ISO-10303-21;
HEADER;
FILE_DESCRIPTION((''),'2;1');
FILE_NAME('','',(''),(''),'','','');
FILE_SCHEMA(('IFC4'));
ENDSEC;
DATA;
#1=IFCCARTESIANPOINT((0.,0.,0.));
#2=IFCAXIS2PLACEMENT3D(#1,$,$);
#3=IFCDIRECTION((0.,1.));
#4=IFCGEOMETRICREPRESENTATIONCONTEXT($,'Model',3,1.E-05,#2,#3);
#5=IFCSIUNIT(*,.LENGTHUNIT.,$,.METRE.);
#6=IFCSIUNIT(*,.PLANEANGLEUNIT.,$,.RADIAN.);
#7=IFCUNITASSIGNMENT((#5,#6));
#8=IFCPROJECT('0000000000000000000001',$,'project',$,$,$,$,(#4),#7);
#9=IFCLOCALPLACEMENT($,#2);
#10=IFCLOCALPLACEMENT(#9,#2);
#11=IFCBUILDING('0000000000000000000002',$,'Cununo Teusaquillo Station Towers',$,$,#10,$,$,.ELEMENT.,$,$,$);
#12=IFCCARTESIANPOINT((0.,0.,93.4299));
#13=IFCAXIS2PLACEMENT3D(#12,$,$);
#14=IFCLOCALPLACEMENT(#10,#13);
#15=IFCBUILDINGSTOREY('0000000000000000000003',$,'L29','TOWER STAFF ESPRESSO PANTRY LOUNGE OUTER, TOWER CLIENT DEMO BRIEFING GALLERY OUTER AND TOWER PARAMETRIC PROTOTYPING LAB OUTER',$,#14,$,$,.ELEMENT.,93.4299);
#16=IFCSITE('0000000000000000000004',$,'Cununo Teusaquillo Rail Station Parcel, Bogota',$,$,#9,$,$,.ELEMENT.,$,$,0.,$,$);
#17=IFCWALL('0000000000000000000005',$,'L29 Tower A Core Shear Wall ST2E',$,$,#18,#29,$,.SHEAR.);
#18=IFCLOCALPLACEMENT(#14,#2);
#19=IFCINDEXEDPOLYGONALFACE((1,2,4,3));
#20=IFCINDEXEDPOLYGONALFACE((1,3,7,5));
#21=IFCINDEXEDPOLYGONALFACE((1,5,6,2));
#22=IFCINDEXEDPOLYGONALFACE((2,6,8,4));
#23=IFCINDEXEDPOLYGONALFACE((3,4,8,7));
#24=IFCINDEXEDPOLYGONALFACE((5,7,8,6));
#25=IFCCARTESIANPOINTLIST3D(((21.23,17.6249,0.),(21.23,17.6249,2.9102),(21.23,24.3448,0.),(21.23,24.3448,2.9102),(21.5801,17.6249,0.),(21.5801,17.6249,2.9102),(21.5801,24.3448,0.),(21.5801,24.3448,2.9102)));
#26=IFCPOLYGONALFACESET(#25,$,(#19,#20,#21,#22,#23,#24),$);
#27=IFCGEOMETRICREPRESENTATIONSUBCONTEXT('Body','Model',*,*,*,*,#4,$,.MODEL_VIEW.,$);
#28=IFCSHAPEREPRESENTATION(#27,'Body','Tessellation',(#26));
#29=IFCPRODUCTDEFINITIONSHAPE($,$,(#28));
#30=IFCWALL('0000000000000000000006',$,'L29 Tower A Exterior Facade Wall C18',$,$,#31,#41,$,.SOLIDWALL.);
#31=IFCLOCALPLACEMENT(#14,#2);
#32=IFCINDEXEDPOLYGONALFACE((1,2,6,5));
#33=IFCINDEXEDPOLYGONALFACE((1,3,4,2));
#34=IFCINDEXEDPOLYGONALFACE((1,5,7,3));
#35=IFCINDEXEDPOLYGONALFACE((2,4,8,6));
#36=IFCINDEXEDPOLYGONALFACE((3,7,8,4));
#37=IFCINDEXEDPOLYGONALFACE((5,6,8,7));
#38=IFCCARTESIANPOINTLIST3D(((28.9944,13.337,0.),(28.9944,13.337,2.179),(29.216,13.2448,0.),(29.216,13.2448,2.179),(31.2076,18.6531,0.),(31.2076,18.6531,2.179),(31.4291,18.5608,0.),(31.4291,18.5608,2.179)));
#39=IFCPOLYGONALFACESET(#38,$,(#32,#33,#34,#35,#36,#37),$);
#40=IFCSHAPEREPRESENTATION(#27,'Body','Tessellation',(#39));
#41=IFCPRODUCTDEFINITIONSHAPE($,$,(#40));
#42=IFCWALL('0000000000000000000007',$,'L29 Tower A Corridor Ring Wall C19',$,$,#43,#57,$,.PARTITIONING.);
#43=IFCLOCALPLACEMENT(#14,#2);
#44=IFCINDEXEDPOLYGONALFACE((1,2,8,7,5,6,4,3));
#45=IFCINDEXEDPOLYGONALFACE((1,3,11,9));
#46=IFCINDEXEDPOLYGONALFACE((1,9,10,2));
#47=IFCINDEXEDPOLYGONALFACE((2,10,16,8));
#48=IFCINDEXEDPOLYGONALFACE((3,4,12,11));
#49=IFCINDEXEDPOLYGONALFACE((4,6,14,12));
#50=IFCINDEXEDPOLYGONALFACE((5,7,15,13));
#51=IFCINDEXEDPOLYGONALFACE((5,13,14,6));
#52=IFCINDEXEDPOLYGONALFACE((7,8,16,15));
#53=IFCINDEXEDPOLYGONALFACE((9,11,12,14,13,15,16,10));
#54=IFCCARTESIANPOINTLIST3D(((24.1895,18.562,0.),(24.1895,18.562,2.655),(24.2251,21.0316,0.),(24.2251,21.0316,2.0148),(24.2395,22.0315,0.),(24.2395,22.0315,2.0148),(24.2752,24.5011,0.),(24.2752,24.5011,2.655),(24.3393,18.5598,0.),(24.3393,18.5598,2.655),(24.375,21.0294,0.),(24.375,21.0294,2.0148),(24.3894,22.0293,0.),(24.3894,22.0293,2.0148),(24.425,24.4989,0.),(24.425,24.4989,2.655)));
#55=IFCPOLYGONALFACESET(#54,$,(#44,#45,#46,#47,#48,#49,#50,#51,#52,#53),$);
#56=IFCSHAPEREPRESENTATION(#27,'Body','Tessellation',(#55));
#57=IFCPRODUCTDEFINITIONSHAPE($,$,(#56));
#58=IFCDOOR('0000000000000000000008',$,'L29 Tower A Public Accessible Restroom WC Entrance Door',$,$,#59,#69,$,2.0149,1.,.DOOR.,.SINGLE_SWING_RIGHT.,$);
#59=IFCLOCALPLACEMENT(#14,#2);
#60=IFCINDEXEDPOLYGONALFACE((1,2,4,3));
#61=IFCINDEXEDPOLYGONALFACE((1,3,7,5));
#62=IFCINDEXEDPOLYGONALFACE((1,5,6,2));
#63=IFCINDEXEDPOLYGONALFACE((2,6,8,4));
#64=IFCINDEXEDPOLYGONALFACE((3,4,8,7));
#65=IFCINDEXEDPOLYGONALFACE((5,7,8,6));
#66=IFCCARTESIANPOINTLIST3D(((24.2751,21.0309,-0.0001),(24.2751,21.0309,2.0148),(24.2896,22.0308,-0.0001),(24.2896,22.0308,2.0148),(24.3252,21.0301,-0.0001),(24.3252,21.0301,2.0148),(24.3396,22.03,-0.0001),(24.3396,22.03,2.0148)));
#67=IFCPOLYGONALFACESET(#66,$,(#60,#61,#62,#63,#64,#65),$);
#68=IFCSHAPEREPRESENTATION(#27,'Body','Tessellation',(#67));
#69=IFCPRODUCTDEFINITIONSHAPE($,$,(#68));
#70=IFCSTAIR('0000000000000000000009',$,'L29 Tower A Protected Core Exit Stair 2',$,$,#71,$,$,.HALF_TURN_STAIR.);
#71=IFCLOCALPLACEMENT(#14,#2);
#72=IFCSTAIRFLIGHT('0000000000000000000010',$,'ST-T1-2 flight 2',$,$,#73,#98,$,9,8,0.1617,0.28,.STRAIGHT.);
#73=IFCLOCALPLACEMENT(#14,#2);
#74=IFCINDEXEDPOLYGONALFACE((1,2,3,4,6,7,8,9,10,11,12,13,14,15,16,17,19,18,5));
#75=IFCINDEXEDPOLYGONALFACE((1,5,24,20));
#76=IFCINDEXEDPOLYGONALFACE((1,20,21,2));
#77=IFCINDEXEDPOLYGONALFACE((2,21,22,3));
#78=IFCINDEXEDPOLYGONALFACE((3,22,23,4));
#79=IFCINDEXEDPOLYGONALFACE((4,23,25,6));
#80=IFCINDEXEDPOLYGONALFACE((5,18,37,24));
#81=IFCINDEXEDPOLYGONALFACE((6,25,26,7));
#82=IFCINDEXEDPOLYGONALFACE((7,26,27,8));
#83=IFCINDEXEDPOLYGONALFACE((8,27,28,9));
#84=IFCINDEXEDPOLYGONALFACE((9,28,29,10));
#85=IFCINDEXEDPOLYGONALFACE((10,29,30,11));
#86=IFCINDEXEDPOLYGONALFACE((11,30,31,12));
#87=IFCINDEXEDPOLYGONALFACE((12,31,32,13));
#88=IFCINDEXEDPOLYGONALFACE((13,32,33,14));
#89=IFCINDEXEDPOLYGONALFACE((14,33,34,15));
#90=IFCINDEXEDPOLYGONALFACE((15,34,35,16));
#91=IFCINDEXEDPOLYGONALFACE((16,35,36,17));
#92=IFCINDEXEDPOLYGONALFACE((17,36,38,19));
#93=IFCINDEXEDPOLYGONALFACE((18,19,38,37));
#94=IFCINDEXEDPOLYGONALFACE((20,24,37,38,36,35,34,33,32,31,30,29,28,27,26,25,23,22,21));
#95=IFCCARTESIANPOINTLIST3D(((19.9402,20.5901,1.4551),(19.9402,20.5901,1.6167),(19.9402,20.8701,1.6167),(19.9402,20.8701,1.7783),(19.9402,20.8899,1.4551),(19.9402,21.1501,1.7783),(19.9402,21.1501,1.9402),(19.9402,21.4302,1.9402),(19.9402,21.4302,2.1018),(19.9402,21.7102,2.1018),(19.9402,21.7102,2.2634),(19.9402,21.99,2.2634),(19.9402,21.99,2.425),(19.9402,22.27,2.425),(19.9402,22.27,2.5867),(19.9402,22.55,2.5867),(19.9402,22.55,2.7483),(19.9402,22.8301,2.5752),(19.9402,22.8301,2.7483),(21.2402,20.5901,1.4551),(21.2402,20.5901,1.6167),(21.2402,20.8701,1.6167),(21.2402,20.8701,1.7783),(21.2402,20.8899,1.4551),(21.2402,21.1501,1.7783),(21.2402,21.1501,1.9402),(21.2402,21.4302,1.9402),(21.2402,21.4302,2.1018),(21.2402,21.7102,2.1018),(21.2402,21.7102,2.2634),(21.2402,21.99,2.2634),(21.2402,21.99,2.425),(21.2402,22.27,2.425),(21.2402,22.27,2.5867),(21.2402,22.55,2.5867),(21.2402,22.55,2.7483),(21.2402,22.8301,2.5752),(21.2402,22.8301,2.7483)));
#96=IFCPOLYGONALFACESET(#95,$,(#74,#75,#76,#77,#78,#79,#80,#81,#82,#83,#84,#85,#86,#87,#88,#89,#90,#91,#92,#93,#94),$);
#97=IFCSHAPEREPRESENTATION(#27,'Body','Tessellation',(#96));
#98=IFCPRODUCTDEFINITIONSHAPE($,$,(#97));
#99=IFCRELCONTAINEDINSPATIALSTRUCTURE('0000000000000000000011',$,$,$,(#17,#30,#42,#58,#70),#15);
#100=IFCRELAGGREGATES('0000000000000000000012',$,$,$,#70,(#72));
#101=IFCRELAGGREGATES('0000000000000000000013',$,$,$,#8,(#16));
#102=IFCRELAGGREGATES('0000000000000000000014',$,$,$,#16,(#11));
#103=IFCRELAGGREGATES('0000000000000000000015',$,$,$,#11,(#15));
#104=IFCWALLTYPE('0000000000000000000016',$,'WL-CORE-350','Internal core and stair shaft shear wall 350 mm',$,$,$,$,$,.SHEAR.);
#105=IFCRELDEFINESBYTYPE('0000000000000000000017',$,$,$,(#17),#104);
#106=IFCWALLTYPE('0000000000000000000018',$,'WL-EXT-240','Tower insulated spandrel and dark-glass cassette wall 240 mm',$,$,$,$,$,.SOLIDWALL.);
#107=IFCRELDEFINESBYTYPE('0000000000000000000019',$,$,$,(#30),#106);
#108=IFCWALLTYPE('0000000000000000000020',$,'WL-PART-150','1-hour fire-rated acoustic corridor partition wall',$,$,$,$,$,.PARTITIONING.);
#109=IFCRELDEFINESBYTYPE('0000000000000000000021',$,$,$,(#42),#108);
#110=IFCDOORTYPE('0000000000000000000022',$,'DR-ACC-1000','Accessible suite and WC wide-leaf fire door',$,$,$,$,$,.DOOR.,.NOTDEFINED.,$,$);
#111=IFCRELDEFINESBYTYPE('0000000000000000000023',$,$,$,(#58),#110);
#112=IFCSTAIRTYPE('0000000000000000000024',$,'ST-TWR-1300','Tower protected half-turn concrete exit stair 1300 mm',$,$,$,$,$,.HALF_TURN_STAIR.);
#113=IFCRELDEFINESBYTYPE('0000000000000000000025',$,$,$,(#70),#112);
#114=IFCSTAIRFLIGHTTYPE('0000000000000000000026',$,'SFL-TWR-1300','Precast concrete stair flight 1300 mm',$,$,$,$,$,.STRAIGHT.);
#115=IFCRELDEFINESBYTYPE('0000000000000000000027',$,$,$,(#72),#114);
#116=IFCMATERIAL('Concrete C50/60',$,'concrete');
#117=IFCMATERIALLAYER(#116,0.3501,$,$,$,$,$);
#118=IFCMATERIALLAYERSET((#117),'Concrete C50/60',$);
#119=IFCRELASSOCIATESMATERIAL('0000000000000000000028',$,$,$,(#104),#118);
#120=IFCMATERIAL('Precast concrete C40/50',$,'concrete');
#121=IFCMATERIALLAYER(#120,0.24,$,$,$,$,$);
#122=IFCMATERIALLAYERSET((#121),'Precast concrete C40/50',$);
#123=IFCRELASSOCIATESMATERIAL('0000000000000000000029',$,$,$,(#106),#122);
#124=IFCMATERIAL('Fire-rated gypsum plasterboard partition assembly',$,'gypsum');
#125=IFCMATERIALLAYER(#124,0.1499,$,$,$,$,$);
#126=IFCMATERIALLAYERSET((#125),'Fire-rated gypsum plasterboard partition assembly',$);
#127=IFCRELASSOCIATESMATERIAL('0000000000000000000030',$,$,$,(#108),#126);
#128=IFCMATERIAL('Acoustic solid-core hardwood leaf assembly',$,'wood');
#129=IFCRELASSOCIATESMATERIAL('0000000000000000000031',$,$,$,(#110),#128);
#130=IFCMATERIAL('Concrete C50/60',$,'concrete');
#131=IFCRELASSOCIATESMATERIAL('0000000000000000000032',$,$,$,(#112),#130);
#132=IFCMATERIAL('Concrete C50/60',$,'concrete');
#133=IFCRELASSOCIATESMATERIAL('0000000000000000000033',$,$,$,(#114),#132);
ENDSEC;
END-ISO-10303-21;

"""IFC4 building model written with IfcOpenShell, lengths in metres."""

from ifc_helpers import new_model, si_unit, direction, frame, frame_2d, origin, place, context, subcontext, project, spatial, polyline, rectangle, outline, extrude, source, transform, mapped, material, layer, layer_set, type_object, element, fill, aggregate, save


model = new_model("IFC4")

# Units and contexts
model_context = context("Model", 3, precision=1e-05, world=origin(), true_north=direction((0.0, 1.0)))
body_context = subcontext(model_context, "Body", "Model", "MODEL_VIEW")
ifc_project = project(units=[si_unit("LENGTHUNIT", "METRE"), si_unit("PLANEANGLEUNIT", "RADIAN")], contexts=[model_context])

# Site, building, storey
site_placement = place(None, origin())
site = spatial("IfcSite", under=ifc_project, at=site_placement, Name="Cununo Teusaquillo Rail Station Parcel, Bogota", CompositionType="ELEMENT", RefElevation=0.0)
building_placement = place(site_placement, origin())
building = spatial("IfcBuilding", under=site, at=building_placement, Name="Cununo Teusaquillo Station Towers", CompositionType="ELEMENT")
storey_placement = place(building_placement, frame((0.0, 0.0, 93.4299)))
storey = spatial("IfcBuildingStorey", under=building, at=storey_placement, Name="L29", Description="TOWER STAFF ESPRESSO PANTRY LOUNGE OUTER, TOWER CLIENT DEMO BRIEFING GALLERY OUTER AND TOWER PARAMETRIC PROTOTYPING LAB OUTER", CompositionType="ELEMENT", Elevation=93.4299)

# Walls
ifc_material_1 = material(Name="Concrete C50/60", Category="concrete")
ifc_layer_1 = layer(ifc_material_1, 0.3501)
ifc_layer_set_1 = layer_set([ifc_layer_1], Name="Concrete C50/60")
wall_type_1 = type_object("IfcWallType", Name="WL-CORE-350", Description="Internal core and stair shaft shear wall 350 mm", PredefinedType="SHEAR", material=ifc_layer_set_1)
wall_1_placement = place(storey_placement, frame((21.405, 17.625, 0.0), z_axis=(0.0, 0.0, 1.0), x_axis=(0.0, 1.0, 0.0)))
element("IfcWall", 1, at=wall_1_placement, inside=storey, type_object=wall_type_1, Name="L29 Tower A Core Shear Wall ST2E", PredefinedType="SHEAR", context=body_context, shape_type="SweptSolid", body=[
    extrude(rectangle(XDim=6.72, YDim=0.3501, at=frame_2d((3.3599, 0.0))), origin(), (0.0, 0.0, 1.0), 2.9102),
])
ifc_material_2 = material(Name="Precast concrete C40/50", Category="concrete")
ifc_layer_2 = layer(ifc_material_2, 0.24)
ifc_layer_set_2 = layer_set([ifc_layer_2], Name="Precast concrete C40/50")
wall_type_2 = type_object("IfcWallType", Name="WL-EXT-240", Description="Tower insulated spandrel and dark-glass cassette wall 240 mm", PredefinedType="SOLIDWALL", material=ifc_layer_set_2)
wall_2_placement = place(storey_placement, frame((31.3184, 18.6069, 0.0), z_axis=(0.0, 0.0, 1.0), x_axis=(-0.384344, -0.92319, 0.0)))
element("IfcWall", 2, at=wall_2_placement, inside=storey, type_object=wall_type_2, Name="L29 Tower A Exterior Facade Wall C18", PredefinedType="SOLIDWALL", context=body_context, shape_type="SweptSolid", body=[
    extrude(rectangle(XDim=5.7583, YDim=0.24, at=frame_2d((2.8792, 0.0))), origin(), (0.0, 0.0, 1.0), 2.179),
])

# Wall, opening, door
ifc_material_3 = material(Name="Fire-rated gypsum plasterboard partition assembly", Category="gypsum")
ifc_layer_3 = layer(ifc_material_3, 0.1499)
ifc_layer_set_3 = layer_set([ifc_layer_3], Name="Fire-rated gypsum plasterboard partition assembly")
wall_type_3 = type_object("IfcWallType", Name="WL-PART-150", Description="1-hour fire-rated acoustic corridor partition wall", PredefinedType="PARTITIONING", material=ifc_layer_set_3)
wall_3_placement = place(storey_placement, frame((24.2644, 18.561, 0.0), z_axis=(0.0, 0.0, 1.0), x_axis=(0.014428, 0.999896, 0.0)))
wall_3 = element("IfcWall", 3, at=wall_3_placement, inside=storey, type_object=wall_type_3, Name="L29 Tower A Corridor Ring Wall C19", PredefinedType="PARTITIONING", context=body_context, shape_type="SweptSolid", body=[
    extrude(rectangle(XDim=5.9397, YDim=0.1499, at=frame_2d((2.9697, 0.0))), origin(), (0.0, 0.0, 1.0), 2.655),
])
shared_shape_1 = source(origin(), body_context, "Body", "SweptSolid", [
    extrude(rectangle(XDim=1.0, YDim=2.0149, at=frame_2d((0.5, 1.0073))), frame((0.0, 0.085, 0.0), z_axis=(0.0, -1.0, 0.0), x_axis=(1.0, 0.0, 0.0)), (0.0, 0.0, 1.0), 0.1699),
])
opening_placement = place(wall_3_placement, frame((2.4697, 0.0, 0.0)))
opening = element("IfcOpeningElement", 4, at=opening_placement, cuts=wall_3, PredefinedType="OPENING", context=body_context, shape_type="MappedRepresentation", body=[
    mapped(shared_shape_1, transform((0.0, 0.0, 0.0), x_axis=(1.0, 0.0, 0.0), y_axis=(0.0, 1.0, 0.0), z_axis=(0.0, 0.0, 1.0), scale=1.0)),
])
ifc_material_4 = material(Name="Acoustic solid-core hardwood leaf assembly", Category="wood")
door_type = type_object("IfcDoorType", Name="DR-ACC-1000", Description="Accessible suite and WC wide-leaf fire door", OperationType="NOTDEFINED", PredefinedType="DOOR", material=ifc_material_4)
shared_shape_2 = source(origin(), body_context, "Body", "SweptSolid", [
    extrude(rectangle(XDim=1.0, YDim=2.0149, at=frame_2d((0.5, 1.0073))), frame((0.0, 0.0249, 0.0), z_axis=(0.0, -1.0, 0.0), x_axis=(1.0, 0.0, 0.0)), (0.0, 0.0, 1.0), 0.05),
])
door_placement = place(opening_placement, origin())
door = element("IfcDoor", 5, at=door_placement, inside=storey, type_object=door_type, Name="L29 Tower A Public Accessible Restroom WC Entrance Door", OperationType="SINGLE_SWING_RIGHT", OverallHeight=2.0149, OverallWidth=1.0, PredefinedType="DOOR", context=body_context, shape_type="MappedRepresentation", body=[
    mapped(shared_shape_2, transform((0.0, 0.0, 0.0), x_axis=(1.0, 0.0, 0.0), y_axis=(0.0, 1.0, 0.0), z_axis=(0.0, 0.0, 1.0), scale=1.0)),
])
fill(opening, door)

# Stair, stair flight
ifc_material_5 = material(Name="Concrete C50/60", Category="concrete")
stair_type = type_object("IfcStairType", Name="ST-TWR-1300", Description="Tower protected half-turn concrete exit stair 1300 mm", PredefinedType="HALF_TURN_STAIR", material=ifc_material_5)
stair_placement = place(storey_placement, origin())
stair = element("IfcStair", 6, at=stair_placement, inside=storey, type_object=stair_type, Name="L29 Tower A Protected Core Exit Stair 2", PredefinedType="HALF_TURN_STAIR")
ifc_material_6 = material(Name="Concrete C50/60", Category="concrete")
stair_flight_type = type_object("IfcStairFlightType", Name="SFL-TWR-1300", Description="Precast concrete stair flight 1300 mm", PredefinedType="STRAIGHT", material=ifc_material_6)
stair_flight_placement = place(storey_placement, frame((20.5901, 20.5901, 1.4551), z_axis=(0.0, 0.0, 1.0), x_axis=(0.0, 1.0, 0.0)))
stair_flight = element("IfcStairFlight", 7, at=stair_flight_placement, type_object=stair_flight_type, Name="ST-T1-2 flight 2", NumberOfRisers=9, NumberOfTreads=8, PredefinedType="STRAIGHT", RiserHeight=0.1617, TreadLength=0.28, context=body_context, shape_type="SweptSolid", body=[
    extrude(outline(polyline([(0.0, 0.0), (0.0, 0.1616), (0.28, 0.1616), (0.28, 0.3232), (0.5601, 0.3232), (0.5601, 0.4851), (0.8401, 0.4851), (0.8401, 0.6467), (1.1201, 0.6467), (1.1201, 0.8083), (1.3999, 0.8083), (1.3999, 0.97), (1.6799, 0.97), (1.6799, 1.1316), (1.96, 1.1316), (1.96, 1.2932), (2.24, 1.2932), (2.24, 1.4551), (2.24, 1.1201), (0.2998, 0.0), (0.0, 0.0)])), frame((0.0, 0.6499, 0.0), z_axis=(0.0, -1.0, 0.0), x_axis=(1.0, 0.0, 0.0)), (0.0, 0.0, 1.0), 1.3),
])
aggregate(stair, [stair_flight])

save(model, "model.ifc")
